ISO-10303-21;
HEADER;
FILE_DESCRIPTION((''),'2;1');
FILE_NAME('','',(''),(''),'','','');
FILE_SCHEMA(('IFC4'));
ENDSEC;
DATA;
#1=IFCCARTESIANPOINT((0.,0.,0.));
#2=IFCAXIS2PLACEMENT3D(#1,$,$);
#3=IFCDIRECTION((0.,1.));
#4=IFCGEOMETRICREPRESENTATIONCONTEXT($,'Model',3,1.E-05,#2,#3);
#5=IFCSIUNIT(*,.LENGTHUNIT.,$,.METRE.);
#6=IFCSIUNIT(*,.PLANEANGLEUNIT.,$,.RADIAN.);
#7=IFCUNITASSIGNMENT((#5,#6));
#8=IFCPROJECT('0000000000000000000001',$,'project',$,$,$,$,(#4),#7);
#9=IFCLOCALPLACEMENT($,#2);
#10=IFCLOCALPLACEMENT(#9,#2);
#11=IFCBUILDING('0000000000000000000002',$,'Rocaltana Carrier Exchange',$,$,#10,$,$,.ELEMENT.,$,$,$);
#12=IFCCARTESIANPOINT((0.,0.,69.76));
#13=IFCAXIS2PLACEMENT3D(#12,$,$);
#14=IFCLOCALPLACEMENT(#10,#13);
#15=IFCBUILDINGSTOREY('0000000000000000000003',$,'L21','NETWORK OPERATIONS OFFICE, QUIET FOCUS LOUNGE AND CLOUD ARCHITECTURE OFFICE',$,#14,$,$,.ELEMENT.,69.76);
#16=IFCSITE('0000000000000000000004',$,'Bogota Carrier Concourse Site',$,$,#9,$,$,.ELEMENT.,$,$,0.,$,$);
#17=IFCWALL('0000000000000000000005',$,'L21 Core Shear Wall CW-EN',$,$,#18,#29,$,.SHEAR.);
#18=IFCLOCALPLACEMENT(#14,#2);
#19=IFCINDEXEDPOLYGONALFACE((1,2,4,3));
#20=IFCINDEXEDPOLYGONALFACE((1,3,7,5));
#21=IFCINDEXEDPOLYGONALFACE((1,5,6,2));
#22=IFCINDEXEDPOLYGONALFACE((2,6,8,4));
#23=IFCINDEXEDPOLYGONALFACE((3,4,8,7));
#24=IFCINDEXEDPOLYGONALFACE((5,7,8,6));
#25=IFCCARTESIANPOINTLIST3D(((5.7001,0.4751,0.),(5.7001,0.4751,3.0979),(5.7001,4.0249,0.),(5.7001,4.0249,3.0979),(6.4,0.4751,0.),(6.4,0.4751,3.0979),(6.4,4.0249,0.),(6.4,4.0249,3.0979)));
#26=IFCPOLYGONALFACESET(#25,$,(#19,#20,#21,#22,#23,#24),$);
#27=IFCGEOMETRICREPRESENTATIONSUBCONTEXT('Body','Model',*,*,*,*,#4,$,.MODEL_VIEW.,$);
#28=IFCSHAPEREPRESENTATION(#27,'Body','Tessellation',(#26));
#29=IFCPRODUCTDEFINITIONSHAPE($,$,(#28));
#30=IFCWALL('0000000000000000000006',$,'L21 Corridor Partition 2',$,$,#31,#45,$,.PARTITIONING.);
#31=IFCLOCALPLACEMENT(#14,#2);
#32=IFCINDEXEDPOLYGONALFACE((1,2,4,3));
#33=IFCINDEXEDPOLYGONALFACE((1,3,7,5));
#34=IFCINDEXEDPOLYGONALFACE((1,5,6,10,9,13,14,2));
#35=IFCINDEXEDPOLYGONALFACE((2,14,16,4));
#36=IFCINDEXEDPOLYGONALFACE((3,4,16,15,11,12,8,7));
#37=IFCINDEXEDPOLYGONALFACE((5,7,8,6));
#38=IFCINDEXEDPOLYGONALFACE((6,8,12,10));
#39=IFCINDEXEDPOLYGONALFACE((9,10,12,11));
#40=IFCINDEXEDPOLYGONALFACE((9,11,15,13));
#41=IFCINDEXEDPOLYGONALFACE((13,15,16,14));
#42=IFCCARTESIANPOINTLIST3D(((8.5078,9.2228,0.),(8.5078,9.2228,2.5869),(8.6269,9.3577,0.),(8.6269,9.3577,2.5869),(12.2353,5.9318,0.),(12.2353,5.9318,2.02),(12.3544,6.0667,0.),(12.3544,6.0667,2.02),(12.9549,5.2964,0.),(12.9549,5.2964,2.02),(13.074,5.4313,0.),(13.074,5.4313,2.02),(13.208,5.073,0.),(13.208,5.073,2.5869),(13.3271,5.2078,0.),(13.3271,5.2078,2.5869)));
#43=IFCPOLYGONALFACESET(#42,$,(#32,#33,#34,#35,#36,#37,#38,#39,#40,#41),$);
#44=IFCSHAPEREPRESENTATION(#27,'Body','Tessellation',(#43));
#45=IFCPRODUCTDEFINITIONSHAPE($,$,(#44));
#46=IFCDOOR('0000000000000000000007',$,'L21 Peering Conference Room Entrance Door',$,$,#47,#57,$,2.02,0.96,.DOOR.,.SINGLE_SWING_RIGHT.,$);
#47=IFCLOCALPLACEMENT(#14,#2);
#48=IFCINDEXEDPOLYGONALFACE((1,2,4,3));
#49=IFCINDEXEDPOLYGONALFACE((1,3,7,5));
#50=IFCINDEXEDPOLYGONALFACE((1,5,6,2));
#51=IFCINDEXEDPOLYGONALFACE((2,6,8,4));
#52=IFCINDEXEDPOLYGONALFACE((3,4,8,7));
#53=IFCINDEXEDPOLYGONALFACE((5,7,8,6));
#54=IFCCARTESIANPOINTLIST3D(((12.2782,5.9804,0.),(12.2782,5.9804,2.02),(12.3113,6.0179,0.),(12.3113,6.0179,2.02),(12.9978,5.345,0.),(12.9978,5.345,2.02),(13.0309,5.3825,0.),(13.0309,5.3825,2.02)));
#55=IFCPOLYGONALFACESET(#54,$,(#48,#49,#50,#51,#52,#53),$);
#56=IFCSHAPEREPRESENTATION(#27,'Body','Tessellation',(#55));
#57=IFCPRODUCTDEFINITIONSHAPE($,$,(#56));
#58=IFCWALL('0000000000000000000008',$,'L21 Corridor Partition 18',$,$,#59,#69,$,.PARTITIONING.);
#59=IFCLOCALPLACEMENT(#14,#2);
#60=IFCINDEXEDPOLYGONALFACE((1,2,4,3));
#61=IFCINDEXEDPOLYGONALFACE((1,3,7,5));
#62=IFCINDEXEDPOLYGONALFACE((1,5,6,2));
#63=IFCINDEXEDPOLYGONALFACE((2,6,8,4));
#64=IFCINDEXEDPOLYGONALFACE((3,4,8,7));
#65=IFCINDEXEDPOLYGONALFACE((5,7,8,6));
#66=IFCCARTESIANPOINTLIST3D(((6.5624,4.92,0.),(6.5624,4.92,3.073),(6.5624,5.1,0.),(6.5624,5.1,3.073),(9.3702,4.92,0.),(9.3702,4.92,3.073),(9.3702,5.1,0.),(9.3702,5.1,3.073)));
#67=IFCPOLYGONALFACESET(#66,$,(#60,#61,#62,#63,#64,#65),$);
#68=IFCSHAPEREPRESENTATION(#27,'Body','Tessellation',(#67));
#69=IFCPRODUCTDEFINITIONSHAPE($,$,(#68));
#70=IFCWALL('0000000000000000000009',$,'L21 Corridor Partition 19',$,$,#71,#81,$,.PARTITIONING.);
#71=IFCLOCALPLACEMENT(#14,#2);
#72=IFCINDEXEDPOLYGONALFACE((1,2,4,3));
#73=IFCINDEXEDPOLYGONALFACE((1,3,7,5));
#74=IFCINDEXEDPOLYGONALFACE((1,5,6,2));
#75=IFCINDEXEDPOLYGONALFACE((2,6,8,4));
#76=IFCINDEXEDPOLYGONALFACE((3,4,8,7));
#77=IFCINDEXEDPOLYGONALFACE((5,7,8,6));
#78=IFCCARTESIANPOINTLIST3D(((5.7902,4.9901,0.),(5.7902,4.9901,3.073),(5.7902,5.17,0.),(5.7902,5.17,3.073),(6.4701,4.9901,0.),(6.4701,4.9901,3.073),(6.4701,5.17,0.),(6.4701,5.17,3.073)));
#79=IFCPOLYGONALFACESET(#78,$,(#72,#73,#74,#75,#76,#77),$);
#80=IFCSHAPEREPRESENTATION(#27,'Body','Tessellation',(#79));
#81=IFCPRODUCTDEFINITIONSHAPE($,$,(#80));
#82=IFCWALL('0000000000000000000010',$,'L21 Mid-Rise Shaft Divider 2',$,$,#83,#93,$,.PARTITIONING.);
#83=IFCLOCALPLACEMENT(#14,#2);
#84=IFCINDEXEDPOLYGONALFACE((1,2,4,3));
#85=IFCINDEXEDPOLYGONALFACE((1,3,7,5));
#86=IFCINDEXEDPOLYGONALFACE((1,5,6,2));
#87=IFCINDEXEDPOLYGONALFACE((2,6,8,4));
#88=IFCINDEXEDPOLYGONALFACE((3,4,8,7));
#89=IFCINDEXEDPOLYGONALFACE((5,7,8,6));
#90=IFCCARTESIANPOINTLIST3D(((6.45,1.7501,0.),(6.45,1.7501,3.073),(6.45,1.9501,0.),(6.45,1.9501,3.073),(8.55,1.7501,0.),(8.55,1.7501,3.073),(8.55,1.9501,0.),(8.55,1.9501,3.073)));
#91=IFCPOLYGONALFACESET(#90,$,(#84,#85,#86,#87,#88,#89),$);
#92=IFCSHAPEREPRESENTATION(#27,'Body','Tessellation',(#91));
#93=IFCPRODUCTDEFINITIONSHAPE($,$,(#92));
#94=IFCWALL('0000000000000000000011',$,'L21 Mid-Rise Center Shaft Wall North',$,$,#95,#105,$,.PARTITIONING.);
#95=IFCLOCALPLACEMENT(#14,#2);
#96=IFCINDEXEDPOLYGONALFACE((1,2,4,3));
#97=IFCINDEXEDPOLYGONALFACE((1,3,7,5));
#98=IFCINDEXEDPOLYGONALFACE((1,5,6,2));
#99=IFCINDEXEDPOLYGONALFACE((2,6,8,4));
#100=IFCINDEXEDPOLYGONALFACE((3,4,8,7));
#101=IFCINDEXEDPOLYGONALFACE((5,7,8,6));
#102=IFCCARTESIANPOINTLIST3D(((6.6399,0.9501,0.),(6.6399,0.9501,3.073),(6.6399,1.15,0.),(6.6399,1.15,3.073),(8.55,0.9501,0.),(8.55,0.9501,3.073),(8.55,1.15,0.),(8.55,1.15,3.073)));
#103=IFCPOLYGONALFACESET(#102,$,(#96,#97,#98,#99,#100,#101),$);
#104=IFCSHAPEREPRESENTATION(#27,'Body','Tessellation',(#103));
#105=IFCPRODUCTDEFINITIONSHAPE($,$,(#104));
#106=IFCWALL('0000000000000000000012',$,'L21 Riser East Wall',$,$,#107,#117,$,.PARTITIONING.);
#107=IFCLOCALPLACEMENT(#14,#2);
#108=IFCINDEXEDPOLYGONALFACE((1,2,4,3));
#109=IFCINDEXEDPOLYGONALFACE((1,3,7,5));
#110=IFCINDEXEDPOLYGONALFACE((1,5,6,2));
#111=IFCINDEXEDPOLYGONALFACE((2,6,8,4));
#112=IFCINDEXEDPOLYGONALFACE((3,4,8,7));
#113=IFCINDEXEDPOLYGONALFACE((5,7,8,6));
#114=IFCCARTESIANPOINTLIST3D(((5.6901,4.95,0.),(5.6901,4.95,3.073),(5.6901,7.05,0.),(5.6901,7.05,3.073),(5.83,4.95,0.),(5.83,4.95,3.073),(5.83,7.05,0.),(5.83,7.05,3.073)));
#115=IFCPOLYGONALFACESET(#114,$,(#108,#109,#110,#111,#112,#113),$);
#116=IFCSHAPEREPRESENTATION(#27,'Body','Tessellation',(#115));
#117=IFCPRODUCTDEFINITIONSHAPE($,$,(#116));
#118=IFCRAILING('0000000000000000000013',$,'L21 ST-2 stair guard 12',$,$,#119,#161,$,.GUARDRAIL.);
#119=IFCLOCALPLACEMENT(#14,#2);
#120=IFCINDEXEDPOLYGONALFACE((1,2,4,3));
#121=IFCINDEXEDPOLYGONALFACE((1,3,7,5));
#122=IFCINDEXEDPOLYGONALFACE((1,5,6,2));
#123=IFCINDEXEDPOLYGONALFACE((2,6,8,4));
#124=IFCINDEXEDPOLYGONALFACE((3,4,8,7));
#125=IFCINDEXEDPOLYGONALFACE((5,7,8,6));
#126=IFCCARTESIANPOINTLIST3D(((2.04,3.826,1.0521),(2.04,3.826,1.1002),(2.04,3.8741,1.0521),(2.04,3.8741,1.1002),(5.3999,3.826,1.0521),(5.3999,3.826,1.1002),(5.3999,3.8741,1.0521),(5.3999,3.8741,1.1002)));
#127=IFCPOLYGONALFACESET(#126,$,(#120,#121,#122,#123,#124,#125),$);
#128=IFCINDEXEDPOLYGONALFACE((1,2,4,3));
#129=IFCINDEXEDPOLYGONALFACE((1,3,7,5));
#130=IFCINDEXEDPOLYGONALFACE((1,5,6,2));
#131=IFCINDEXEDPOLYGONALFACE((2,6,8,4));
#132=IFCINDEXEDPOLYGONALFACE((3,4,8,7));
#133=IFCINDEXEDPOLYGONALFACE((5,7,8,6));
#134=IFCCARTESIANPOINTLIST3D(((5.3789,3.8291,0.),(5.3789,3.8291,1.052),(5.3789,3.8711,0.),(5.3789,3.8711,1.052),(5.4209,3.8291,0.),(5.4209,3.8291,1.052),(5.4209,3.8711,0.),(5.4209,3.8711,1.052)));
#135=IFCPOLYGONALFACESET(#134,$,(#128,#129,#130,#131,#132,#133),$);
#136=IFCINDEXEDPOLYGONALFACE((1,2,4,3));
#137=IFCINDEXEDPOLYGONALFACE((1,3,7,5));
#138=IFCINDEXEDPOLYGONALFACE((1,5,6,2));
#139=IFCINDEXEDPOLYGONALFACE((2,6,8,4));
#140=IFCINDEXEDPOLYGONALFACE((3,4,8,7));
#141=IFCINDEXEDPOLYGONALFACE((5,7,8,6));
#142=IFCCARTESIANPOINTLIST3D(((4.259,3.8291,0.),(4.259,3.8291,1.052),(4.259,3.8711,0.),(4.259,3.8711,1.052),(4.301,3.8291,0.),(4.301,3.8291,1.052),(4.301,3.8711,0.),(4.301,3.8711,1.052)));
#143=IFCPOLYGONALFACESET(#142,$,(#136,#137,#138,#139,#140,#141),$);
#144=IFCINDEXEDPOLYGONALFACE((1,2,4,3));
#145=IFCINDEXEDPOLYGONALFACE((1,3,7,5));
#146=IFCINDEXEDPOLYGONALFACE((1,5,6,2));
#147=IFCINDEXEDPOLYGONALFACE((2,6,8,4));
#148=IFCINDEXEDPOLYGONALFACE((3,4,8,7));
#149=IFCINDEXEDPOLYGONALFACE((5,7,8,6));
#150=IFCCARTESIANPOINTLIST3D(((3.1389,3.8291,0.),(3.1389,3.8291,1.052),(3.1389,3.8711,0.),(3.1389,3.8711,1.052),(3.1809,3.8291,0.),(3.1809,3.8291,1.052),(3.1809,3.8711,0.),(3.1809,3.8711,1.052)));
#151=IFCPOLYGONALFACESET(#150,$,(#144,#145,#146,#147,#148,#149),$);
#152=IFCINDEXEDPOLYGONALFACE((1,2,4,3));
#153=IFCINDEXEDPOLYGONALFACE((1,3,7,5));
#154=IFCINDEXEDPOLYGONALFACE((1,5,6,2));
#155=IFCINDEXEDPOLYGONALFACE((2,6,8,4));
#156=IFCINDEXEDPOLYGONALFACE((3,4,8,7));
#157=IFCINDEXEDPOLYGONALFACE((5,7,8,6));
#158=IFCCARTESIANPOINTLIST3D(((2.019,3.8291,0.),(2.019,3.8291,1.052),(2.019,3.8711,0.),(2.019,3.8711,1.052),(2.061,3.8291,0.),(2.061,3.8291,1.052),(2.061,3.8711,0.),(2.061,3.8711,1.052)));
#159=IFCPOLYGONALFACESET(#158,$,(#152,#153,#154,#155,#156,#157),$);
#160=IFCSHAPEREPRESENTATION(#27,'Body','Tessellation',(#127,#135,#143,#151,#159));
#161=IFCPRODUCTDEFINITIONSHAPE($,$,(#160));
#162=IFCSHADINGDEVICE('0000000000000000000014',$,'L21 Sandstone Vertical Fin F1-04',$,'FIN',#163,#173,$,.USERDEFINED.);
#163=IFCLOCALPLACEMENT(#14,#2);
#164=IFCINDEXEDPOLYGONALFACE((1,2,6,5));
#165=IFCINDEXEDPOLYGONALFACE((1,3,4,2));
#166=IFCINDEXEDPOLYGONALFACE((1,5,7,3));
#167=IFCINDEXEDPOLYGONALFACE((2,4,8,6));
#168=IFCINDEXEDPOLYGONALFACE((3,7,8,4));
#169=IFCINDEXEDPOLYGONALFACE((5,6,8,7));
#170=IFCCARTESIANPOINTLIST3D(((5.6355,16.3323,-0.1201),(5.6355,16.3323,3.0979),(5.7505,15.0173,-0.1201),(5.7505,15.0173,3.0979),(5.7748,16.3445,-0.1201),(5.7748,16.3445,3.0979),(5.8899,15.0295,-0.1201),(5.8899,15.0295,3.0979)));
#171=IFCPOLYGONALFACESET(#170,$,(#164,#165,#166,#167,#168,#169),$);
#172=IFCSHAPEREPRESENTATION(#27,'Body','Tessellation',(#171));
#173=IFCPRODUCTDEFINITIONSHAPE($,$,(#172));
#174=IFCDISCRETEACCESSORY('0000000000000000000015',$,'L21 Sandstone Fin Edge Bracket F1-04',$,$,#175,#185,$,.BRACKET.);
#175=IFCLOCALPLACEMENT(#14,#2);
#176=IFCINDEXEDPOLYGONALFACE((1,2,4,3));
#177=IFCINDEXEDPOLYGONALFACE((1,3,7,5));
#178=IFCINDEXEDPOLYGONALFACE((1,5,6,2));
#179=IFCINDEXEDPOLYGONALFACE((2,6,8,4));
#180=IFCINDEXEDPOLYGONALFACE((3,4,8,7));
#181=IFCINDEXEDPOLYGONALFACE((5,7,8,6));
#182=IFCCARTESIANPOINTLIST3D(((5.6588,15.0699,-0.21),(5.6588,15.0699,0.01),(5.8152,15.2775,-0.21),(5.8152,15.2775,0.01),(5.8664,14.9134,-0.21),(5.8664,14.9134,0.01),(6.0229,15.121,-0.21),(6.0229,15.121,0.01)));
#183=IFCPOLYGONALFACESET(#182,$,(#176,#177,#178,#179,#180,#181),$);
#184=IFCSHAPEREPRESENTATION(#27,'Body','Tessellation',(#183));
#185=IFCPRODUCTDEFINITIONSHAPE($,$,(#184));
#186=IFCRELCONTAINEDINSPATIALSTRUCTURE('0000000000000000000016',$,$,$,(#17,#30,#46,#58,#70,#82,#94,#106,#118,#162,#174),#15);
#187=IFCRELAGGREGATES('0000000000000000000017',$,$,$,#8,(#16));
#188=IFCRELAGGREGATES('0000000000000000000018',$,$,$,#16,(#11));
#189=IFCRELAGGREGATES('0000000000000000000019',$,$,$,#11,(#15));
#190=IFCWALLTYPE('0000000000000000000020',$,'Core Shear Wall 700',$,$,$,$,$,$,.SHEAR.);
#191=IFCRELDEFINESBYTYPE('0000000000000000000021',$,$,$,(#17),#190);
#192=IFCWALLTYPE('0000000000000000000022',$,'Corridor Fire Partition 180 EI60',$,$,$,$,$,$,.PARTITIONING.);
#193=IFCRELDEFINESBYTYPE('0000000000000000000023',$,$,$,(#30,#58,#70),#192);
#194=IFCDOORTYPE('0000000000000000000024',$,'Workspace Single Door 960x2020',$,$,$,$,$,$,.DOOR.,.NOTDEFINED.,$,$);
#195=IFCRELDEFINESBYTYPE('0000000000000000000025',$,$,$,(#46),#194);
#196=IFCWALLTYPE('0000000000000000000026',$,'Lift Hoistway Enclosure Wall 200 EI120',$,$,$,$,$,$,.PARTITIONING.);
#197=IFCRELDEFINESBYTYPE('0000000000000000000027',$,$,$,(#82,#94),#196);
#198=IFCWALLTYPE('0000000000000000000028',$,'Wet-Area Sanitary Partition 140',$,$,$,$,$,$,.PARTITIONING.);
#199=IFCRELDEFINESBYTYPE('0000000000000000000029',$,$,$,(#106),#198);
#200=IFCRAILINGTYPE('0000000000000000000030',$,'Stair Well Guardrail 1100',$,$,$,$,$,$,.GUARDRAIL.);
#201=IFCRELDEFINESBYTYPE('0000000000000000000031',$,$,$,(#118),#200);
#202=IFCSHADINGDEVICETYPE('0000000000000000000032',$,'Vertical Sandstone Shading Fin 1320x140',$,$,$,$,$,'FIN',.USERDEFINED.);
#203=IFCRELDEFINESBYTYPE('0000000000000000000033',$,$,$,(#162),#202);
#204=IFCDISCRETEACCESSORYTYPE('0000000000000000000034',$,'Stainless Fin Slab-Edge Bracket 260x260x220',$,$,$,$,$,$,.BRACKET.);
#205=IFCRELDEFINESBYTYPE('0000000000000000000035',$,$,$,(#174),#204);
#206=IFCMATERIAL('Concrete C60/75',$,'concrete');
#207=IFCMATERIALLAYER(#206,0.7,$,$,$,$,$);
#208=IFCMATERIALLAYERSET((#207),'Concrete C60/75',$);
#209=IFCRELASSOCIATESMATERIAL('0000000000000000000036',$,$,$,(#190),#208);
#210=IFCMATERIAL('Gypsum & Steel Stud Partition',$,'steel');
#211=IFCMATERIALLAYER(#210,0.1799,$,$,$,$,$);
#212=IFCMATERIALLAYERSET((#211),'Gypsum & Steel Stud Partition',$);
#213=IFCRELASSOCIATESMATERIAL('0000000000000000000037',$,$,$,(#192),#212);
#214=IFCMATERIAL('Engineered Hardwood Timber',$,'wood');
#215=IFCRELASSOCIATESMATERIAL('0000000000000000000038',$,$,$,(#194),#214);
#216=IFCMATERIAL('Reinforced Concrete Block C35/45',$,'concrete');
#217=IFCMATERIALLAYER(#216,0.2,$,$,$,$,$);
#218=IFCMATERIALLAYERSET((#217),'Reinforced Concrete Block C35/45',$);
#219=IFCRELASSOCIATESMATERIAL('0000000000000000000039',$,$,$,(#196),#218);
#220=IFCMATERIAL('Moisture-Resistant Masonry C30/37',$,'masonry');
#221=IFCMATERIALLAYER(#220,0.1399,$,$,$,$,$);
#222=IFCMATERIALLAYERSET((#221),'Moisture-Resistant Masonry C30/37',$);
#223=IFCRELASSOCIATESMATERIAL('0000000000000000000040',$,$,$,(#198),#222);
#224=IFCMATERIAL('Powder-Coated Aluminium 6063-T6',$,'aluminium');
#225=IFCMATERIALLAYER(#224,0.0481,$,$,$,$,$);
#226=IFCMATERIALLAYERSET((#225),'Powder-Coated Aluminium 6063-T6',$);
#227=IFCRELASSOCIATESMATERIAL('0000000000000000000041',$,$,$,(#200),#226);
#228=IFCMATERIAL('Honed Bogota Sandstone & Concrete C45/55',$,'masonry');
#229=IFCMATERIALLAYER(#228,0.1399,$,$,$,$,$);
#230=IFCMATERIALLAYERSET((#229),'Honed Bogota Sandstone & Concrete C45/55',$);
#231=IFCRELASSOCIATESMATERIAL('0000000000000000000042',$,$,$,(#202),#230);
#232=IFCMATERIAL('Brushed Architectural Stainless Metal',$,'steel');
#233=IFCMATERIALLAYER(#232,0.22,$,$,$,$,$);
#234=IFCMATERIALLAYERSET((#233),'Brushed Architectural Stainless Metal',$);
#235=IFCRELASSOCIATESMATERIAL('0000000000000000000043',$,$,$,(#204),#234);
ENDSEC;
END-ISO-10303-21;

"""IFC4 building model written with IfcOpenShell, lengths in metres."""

from ifc_helpers import new_model, si_unit, direction, frame, frame_2d, origin, origin_2d, place, context, subcontext, project, spatial, rectangle, extrude, material, layer, layer_set, type_object, element, fill, save


model = new_model("IFC4")

# Units and contexts
model_context = context("Model", 3, precision=1e-05, world=origin(), true_north=direction((0.0, 1.0)))
body_context = subcontext(model_context, "Body", "Model", "MODEL_VIEW")
ifc_project = project(units=[si_unit("LENGTHUNIT", "METRE"), si_unit("PLANEANGLEUNIT", "RADIAN")], contexts=[model_context])

# Site, building, storey
site_placement = place(None, origin())
site = spatial("IfcSite", under=ifc_project, at=site_placement, Name="Bogota Carrier Concourse Site", CompositionType="ELEMENT", RefElevation=0.0)
building_placement = place(site_placement, origin())
building = spatial("IfcBuilding", under=site, at=building_placement, Name="Rocaltana Carrier Exchange", CompositionType="ELEMENT")
storey_placement = place(building_placement, frame((0.0, 0.0, 69.76)))
storey = spatial("IfcBuildingStorey", under=building, at=storey_placement, Name="L21", Description="NETWORK OPERATIONS OFFICE, QUIET FOCUS LOUNGE AND CLOUD ARCHITECTURE OFFICE", CompositionType="ELEMENT", Elevation=69.76)

# Wall
ifc_material_1 = material(Name="Concrete C60/75", Category="concrete")
ifc_layer_1 = layer(ifc_material_1, 0.7)
ifc_layer_set_1 = layer_set([ifc_layer_1], Name="Concrete C60/75")
wall_type_1 = type_object("IfcWallType", Name="Core Shear Wall 700", PredefinedType="SHEAR", material=ifc_layer_set_1)
wall_1_placement = place(storey_placement, frame((6.05, 0.4751, 0.0), z_axis=(0.0, 0.0, 1.0), x_axis=(0.0, 1.0, 0.0)))
element("IfcWall", 1, at=wall_1_placement, inside=storey, type_object=wall_type_1, Name="L21 Core Shear Wall CW-EN", PredefinedType="SHEAR", context=body_context, shape_type="SweptSolid", body=[
    extrude(rectangle(XDim=3.5498, YDim=0.7, at=frame_2d((1.7749, 0.0))), origin(), (0.0, 0.0, 1.0), 3.0979),
])

# Wall, opening, door
ifc_material_2 = material(Name="Gypsum & Steel Stud Partition", Category="steel")
ifc_layer_2 = layer(ifc_material_2, 0.1799)
ifc_layer_set_2 = layer_set([ifc_layer_2], Name="Gypsum & Steel Stud Partition")
wall_type_2 = type_object("IfcWallType", Name="Corridor Fire Partition 180 EI60", PredefinedType="PARTITIONING", material=ifc_layer_set_2)
wall_2_placement = place(storey_placement, frame((8.5674, 9.2903, 0.0), z_axis=(0.0, 0.0, 1.0), x_axis=(0.749626, -0.661861, 0.0)))
wall_2 = element("IfcWall", 2, at=wall_2_placement, inside=storey, type_object=wall_type_2, Name="L21 Corridor Partition 2", PredefinedType="PARTITIONING", context=body_context, shape_type="SweptSolid", body=[
    extrude(rectangle(XDim=6.27, YDim=0.1799, at=frame_2d((3.135, 0.0))), origin(), (0.0, 0.0, 1.0), 2.5869),
])
opening_placement = place(wall_2_placement, frame((4.9724, 0.0, 0.0)))
opening = element("IfcOpeningElement", 3, at=opening_placement, cuts=wall_2, PredefinedType="OPENING", context=body_context, shape_type="SweptSolid", body=[
    extrude(rectangle(XDim=0.96, YDim=2.02, at=frame_2d((0.48, 1.01))), frame((0.0, 0.0999, 0.0), z_axis=(0.0, -1.0, 0.0), x_axis=(1.0, 0.0, 0.0)), (0.0, 0.0, 1.0), 0.2),
])
ifc_material_3 = material(Name="Engineered Hardwood Timber", Category="wood")
door_type = type_object("IfcDoorType", Name="Workspace Single Door 960x2020", OperationType="NOTDEFINED", PredefinedType="DOOR", material=ifc_material_3)
door_placement = place(opening_placement, origin())
door = element("IfcDoor", 4, at=door_placement, inside=storey, type_object=door_type, Name="L21 Peering Conference Room Entrance Door", OperationType="SINGLE_SWING_RIGHT", OverallHeight=2.02, OverallWidth=0.96, PredefinedType="DOOR", context=body_context, shape_type="SweptSolid", body=[
    extrude(rectangle(XDim=0.96, YDim=2.02, at=frame_2d((0.48, 1.01))), frame((0.0, 0.0249, 0.0), z_axis=(0.0, -1.0, 0.0), x_axis=(1.0, 0.0, 0.0)), (0.0, 0.0, 1.0), 0.05),
])
fill(opening, door)

# Walls
wall_3_placement = place(storey_placement, frame((9.3701, 5.01, 0.0), z_axis=(0.0, 0.0, 1.0), x_axis=(-1.0, 0.0, 0.0)))
element("IfcWall", 5, at=wall_3_placement, inside=storey, type_object=wall_type_2, Name="L21 Corridor Partition 18", PredefinedType="PARTITIONING", context=body_context, shape_type="SweptSolid", body=[
    extrude(rectangle(XDim=2.8079, YDim=0.1799, at=frame_2d((1.4038, 0.0))), origin(), (0.0, 0.0, 1.0), 3.073),
])
wall_4_placement = place(storey_placement, frame((6.47, 5.0801, 0.0), z_axis=(0.0, 0.0, 1.0), x_axis=(-1.0, 0.0, 0.0)))
element("IfcWall", 6, at=wall_4_placement, inside=storey, type_object=wall_type_2, Name="L21 Corridor Partition 19", PredefinedType="PARTITIONING", context=body_context, shape_type="SweptSolid", body=[
    extrude(rectangle(XDim=0.6799, YDim=0.1799, at=frame_2d((0.3398, 0.0))), origin(), (0.0, 0.0, 1.0), 3.073),
])
ifc_material_4 = material(Name="Reinforced Concrete Block C35/45", Category="concrete")
ifc_layer_3 = layer(ifc_material_4, 0.2)
ifc_layer_set_3 = layer_set([ifc_layer_3], Name="Reinforced Concrete Block C35/45")
wall_type_3 = type_object("IfcWallType", Name="Lift Hoistway Enclosure Wall 200 EI120", PredefinedType="PARTITIONING", material=ifc_layer_set_3)
wall_5_placement = place(storey_placement, frame((6.45, 1.8501, 0.0), z_axis=(0.0, 0.0, 1.0), x_axis=(1.0, 0.0, 0.0)))
element("IfcWall", 7, at=wall_5_placement, inside=storey, type_object=wall_type_3, Name="L21 Mid-Rise Shaft Divider 2", PredefinedType="PARTITIONING", context=body_context, shape_type="SweptSolid", body=[
    extrude(rectangle(XDim=2.1001, YDim=0.2, at=frame_2d((1.05, 0.0))), origin(), (0.0, 0.0, 1.0), 3.073),
])
wall_6_placement = place(storey_placement, frame((6.6399, 1.05, 0.0), z_axis=(0.0, 0.0, 1.0), x_axis=(1.0, 0.0, 0.0)))
element("IfcWall", 8, at=wall_6_placement, inside=storey, type_object=wall_type_3, Name="L21 Mid-Rise Center Shaft Wall North", PredefinedType="PARTITIONING", context=body_context, shape_type="SweptSolid", body=[
    extrude(rectangle(XDim=1.9102, YDim=0.2, at=frame_2d((0.9551, 0.0))), origin(), (0.0, 0.0, 1.0), 3.073),
])
ifc_material_5 = material(Name="Moisture-Resistant Masonry C30/37", Category="masonry")
ifc_layer_4 = layer(ifc_material_5, 0.1399)
ifc_layer_set_4 = layer_set([ifc_layer_4], Name="Moisture-Resistant Masonry C30/37")
wall_type_4 = type_object("IfcWallType", Name="Wet-Area Sanitary Partition 140", PredefinedType="PARTITIONING", material=ifc_layer_set_4)
wall_7_placement = place(storey_placement, frame((5.76, 4.95, 0.0), z_axis=(0.0, 0.0, 1.0), x_axis=(0.0, 1.0, 0.0)))
element("IfcWall", 9, at=wall_7_placement, inside=storey, type_object=wall_type_4, Name="L21 Riser East Wall", PredefinedType="PARTITIONING", context=body_context, shape_type="SweptSolid", body=[
    extrude(rectangle(XDim=2.1001, YDim=0.1399, at=frame_2d((1.05, 0.0))), origin(), (0.0, 0.0, 1.0), 3.073),
])

# Railing
ifc_material_6 = material(Name="Powder-Coated Aluminium 6063-T6", Category="aluminium")
ifc_layer_5 = layer(ifc_material_6, 0.0481)
ifc_layer_set_5 = layer_set([ifc_layer_5], Name="Powder-Coated Aluminium 6063-T6")
railing_type = type_object("IfcRailingType", Name="Stair Well Guardrail 1100", PredefinedType="GUARDRAIL", material=ifc_layer_set_5)
railing_placement = place(storey_placement, frame((5.3999, 3.8501, 0.0)))
element("IfcRailing", 10, at=railing_placement, inside=storey, type_object=railing_type, Name="L21 ST-2 stair guard 12", PredefinedType="GUARDRAIL", context=body_context, shape_type="SweptSolid", body=[
    extrude(rectangle(XDim=0.0481, YDim=0.0481, at=origin_2d()), frame((0.0, 0.0, 1.0762), z_axis=(-1.0, 0.0, 0.0), x_axis=(0.0, -1.0, 0.0)), (0.0, 0.0, 1.0), 3.3599),
    extrude(rectangle(XDim=0.042, YDim=0.042, at=origin_2d()), origin(), (0.0, 0.0, 1.0), 1.052),
    extrude(rectangle(XDim=0.042, YDim=0.042, at=origin_2d()), frame((-1.1199, 0.0, 0.0)), (0.0, 0.0, 1.0), 1.052),
    extrude(rectangle(XDim=0.042, YDim=0.042, at=origin_2d()), frame((-2.24, 0.0, 0.0)), (0.0, 0.0, 1.0), 1.052),
    extrude(rectangle(XDim=0.042, YDim=0.042, at=origin_2d()), frame((-3.3599, 0.0, 0.0)), (0.0, 0.0, 1.0), 1.052),
])

# Shading device
ifc_material_7 = material(Name="Honed Bogota Sandstone & Concrete C45/55", Category="masonry")
ifc_layer_6 = layer(ifc_material_7, 0.1399)
ifc_layer_set_6 = layer_set([ifc_layer_6], Name="Honed Bogota Sandstone & Concrete C45/55")
shading_device_type = type_object("IfcShadingDeviceType", Name="Vertical Sandstone Shading Fin 1320x140", ElementType="FIN", PredefinedType="USERDEFINED", material=ifc_layer_set_6)
shading_device_placement = place(storey_placement, frame((5.7627, 15.6809, -0.1201), z_axis=(0.0, 0.0, 1.0), x_axis=(-0.087156, 0.996195, 0.0)))
element("IfcShadingDevice", 11, at=shading_device_placement, inside=storey, type_object=shading_device_type, Name="L21 Sandstone Vertical Fin F1-04", ObjectType="FIN", PredefinedType="USERDEFINED", context=body_context, shape_type="SweptSolid", body=[
    extrude(rectangle(XDim=1.3201, YDim=0.1399, at=origin_2d()), origin(), (0.0, 0.0, 1.0), 3.218),
])

# Discrete accessory
ifc_material_8 = material(Name="Brushed Architectural Stainless Metal", Category="steel")
ifc_layer_7 = layer(ifc_material_8, 0.22)
ifc_layer_set_7 = layer_set([ifc_layer_7], Name="Brushed Architectural Stainless Metal")
discrete_accessory_type = type_object("IfcDiscreteAccessoryType", Name="Stainless Fin Slab-Edge Bracket 260x260x220", PredefinedType="BRACKET", material=ifc_layer_set_7)
discrete_accessory_placement = place(storey_placement, frame((5.8408, 15.0955, -0.21), z_axis=(0.0, 0.0, 1.0), x_axis=(-0.798636, 0.601815, 0.0)))
element("IfcDiscreteAccessory", 12, at=discrete_accessory_placement, inside=storey, type_object=discrete_accessory_type, Name="L21 Sandstone Fin Edge Bracket F1-04", PredefinedType="BRACKET", context=body_context, shape_type="SweptSolid", body=[
    extrude(rectangle(XDim=0.26, YDim=0.26, at=origin_2d()), origin(), (0.0, 0.0, 1.0), 0.22),
])

save(model, "model.ifc")
